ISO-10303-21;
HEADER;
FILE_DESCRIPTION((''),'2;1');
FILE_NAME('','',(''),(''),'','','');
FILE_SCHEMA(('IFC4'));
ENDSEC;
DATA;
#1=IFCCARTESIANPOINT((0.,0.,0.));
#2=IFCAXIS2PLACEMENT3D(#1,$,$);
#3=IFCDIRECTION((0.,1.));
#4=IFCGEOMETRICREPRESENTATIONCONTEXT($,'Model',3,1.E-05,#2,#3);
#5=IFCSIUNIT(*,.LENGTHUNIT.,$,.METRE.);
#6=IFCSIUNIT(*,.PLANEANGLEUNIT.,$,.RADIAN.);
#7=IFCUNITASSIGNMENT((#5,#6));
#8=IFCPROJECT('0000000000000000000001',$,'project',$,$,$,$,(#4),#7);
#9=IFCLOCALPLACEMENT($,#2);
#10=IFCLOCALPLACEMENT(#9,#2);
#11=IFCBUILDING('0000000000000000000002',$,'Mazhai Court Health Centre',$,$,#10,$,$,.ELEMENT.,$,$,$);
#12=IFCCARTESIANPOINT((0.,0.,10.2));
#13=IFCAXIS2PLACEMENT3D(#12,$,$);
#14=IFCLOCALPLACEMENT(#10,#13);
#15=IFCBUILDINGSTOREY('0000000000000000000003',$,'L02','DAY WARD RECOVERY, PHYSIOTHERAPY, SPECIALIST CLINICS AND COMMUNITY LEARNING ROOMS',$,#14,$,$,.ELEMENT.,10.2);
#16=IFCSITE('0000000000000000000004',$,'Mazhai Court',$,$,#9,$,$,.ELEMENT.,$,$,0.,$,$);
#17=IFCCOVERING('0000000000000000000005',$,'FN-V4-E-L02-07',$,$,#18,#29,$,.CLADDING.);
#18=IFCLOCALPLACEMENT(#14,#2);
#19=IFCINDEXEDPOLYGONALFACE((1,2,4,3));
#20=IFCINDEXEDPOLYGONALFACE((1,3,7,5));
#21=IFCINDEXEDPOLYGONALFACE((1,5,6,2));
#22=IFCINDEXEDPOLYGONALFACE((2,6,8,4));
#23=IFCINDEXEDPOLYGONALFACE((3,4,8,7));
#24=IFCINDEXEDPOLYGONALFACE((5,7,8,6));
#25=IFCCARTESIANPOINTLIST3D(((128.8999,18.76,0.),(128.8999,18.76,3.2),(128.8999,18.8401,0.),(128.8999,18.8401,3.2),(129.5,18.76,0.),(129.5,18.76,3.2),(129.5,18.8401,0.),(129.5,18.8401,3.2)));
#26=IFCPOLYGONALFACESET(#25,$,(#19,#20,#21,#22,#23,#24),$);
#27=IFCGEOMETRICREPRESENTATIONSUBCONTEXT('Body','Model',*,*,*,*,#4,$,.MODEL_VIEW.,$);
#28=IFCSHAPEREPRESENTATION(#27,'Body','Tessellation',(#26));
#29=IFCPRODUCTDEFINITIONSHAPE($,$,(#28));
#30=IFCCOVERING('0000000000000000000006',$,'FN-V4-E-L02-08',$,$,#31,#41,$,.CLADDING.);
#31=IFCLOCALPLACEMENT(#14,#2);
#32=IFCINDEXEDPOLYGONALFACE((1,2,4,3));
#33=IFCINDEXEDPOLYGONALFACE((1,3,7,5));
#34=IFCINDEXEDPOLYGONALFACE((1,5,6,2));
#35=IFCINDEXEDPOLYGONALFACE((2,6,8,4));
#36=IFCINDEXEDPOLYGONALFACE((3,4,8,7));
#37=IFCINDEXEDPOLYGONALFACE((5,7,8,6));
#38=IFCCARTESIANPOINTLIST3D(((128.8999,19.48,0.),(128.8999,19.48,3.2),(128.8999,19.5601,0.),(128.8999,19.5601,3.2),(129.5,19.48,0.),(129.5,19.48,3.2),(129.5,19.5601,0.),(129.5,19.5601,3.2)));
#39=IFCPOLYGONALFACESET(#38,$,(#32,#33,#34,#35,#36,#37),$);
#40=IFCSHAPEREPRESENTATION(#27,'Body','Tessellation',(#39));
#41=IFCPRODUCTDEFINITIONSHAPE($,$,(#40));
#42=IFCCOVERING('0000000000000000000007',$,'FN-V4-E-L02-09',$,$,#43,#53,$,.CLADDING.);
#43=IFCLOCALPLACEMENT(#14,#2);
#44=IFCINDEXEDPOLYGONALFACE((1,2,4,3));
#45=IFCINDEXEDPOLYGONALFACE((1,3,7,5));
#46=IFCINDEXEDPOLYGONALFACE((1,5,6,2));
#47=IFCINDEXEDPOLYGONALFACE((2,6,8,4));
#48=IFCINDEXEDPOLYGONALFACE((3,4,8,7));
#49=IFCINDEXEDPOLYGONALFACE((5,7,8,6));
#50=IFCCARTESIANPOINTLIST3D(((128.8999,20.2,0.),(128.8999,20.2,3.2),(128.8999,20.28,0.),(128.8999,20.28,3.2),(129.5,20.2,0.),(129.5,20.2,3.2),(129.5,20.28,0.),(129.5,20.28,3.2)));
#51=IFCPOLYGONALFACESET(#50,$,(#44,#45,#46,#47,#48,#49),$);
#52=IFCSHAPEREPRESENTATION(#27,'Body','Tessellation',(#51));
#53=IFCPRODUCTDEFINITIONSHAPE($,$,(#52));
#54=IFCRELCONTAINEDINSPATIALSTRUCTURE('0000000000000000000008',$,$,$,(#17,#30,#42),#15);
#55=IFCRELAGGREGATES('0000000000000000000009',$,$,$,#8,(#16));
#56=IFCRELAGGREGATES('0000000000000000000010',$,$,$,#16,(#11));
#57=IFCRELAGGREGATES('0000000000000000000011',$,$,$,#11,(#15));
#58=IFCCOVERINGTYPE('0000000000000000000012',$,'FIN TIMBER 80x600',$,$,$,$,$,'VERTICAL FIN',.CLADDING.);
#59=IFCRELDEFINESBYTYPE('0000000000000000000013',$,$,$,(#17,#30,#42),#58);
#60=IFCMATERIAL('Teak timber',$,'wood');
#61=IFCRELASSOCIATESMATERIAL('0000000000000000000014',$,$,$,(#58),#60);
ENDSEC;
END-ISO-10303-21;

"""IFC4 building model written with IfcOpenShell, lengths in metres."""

from ifc_helpers import new_model, si_unit, direction, frame, origin, origin_2d, place, context, subcontext, project, spatial, rectangle, extrude, material, type_object, element, save


model = new_model("IFC4")

# Units and contexts
model_context = context("Model", 3, precision=1e-05, world=origin(), true_north=direction((0.0, 1.0)))
body_context = subcontext(model_context, "Body", "Model", "MODEL_VIEW")
ifc_project = project(units=[si_unit("LENGTHUNIT", "METRE"), si_unit("PLANEANGLEUNIT", "RADIAN")], contexts=[model_context])

# Site, building, storey
site_placement = place(None, origin())
site = spatial("IfcSite", under=ifc_project, at=site_placement, Name="Mazhai Court", CompositionType="ELEMENT", RefElevation=0.0)
building_placement = place(site_placement, origin())
building = spatial("IfcBuilding", under=site, at=building_placement, Name="Mazhai Court Health Centre", CompositionType="ELEMENT")
storey_placement = place(building_placement, frame((0.0, 0.0, 10.2)))
storey = spatial("IfcBuildingStorey", under=building, at=storey_placement, Name="L02", Description="DAY WARD RECOVERY, PHYSIOTHERAPY, SPECIALIST CLINICS AND COMMUNITY LEARNING ROOMS", CompositionType="ELEMENT", Elevation=10.2)

# Coverings
ifc_material_1 = material(Name="Teak timber", Category="wood")
covering_type = type_object("IfcCoveringType", Name="FIN TIMBER 80x600", ElementType="VERTICAL FIN", PredefinedType="CLADDING", material=ifc_material_1)
for number, where, z_axis, x_axis, name in (
    (1, (129.2, 18.8, 0.0), (0.0, 0.0, 1.0), (0.0, 1.0, 0.0), "FN-V4-E-L02-07"),
    (2, (129.2, 19.52, 0.0), (0.0, 0.0, 1.0), (0.0, 1.0, 0.0), "FN-V4-E-L02-08"),
    (3, (129.2, 20.24, 0.0), (0.0, 0.0, 1.0), (0.0, 1.0, 0.0), "FN-V4-E-L02-09"),
):
    element("IfcCovering", number, at=place(storey_placement, frame(where, z_axis=z_axis, x_axis=x_axis)), inside=storey, type_object=covering_type, Name=name, PredefinedType="CLADDING", context=body_context, shape_type="SweptSolid", body=[
        extrude(rectangle(XDim=0.0801, YDim=0.6001, at=origin_2d()), origin(), (0.0, 0.0, 1.0), 3.2),
    ])

save(model, "model.ifc")
